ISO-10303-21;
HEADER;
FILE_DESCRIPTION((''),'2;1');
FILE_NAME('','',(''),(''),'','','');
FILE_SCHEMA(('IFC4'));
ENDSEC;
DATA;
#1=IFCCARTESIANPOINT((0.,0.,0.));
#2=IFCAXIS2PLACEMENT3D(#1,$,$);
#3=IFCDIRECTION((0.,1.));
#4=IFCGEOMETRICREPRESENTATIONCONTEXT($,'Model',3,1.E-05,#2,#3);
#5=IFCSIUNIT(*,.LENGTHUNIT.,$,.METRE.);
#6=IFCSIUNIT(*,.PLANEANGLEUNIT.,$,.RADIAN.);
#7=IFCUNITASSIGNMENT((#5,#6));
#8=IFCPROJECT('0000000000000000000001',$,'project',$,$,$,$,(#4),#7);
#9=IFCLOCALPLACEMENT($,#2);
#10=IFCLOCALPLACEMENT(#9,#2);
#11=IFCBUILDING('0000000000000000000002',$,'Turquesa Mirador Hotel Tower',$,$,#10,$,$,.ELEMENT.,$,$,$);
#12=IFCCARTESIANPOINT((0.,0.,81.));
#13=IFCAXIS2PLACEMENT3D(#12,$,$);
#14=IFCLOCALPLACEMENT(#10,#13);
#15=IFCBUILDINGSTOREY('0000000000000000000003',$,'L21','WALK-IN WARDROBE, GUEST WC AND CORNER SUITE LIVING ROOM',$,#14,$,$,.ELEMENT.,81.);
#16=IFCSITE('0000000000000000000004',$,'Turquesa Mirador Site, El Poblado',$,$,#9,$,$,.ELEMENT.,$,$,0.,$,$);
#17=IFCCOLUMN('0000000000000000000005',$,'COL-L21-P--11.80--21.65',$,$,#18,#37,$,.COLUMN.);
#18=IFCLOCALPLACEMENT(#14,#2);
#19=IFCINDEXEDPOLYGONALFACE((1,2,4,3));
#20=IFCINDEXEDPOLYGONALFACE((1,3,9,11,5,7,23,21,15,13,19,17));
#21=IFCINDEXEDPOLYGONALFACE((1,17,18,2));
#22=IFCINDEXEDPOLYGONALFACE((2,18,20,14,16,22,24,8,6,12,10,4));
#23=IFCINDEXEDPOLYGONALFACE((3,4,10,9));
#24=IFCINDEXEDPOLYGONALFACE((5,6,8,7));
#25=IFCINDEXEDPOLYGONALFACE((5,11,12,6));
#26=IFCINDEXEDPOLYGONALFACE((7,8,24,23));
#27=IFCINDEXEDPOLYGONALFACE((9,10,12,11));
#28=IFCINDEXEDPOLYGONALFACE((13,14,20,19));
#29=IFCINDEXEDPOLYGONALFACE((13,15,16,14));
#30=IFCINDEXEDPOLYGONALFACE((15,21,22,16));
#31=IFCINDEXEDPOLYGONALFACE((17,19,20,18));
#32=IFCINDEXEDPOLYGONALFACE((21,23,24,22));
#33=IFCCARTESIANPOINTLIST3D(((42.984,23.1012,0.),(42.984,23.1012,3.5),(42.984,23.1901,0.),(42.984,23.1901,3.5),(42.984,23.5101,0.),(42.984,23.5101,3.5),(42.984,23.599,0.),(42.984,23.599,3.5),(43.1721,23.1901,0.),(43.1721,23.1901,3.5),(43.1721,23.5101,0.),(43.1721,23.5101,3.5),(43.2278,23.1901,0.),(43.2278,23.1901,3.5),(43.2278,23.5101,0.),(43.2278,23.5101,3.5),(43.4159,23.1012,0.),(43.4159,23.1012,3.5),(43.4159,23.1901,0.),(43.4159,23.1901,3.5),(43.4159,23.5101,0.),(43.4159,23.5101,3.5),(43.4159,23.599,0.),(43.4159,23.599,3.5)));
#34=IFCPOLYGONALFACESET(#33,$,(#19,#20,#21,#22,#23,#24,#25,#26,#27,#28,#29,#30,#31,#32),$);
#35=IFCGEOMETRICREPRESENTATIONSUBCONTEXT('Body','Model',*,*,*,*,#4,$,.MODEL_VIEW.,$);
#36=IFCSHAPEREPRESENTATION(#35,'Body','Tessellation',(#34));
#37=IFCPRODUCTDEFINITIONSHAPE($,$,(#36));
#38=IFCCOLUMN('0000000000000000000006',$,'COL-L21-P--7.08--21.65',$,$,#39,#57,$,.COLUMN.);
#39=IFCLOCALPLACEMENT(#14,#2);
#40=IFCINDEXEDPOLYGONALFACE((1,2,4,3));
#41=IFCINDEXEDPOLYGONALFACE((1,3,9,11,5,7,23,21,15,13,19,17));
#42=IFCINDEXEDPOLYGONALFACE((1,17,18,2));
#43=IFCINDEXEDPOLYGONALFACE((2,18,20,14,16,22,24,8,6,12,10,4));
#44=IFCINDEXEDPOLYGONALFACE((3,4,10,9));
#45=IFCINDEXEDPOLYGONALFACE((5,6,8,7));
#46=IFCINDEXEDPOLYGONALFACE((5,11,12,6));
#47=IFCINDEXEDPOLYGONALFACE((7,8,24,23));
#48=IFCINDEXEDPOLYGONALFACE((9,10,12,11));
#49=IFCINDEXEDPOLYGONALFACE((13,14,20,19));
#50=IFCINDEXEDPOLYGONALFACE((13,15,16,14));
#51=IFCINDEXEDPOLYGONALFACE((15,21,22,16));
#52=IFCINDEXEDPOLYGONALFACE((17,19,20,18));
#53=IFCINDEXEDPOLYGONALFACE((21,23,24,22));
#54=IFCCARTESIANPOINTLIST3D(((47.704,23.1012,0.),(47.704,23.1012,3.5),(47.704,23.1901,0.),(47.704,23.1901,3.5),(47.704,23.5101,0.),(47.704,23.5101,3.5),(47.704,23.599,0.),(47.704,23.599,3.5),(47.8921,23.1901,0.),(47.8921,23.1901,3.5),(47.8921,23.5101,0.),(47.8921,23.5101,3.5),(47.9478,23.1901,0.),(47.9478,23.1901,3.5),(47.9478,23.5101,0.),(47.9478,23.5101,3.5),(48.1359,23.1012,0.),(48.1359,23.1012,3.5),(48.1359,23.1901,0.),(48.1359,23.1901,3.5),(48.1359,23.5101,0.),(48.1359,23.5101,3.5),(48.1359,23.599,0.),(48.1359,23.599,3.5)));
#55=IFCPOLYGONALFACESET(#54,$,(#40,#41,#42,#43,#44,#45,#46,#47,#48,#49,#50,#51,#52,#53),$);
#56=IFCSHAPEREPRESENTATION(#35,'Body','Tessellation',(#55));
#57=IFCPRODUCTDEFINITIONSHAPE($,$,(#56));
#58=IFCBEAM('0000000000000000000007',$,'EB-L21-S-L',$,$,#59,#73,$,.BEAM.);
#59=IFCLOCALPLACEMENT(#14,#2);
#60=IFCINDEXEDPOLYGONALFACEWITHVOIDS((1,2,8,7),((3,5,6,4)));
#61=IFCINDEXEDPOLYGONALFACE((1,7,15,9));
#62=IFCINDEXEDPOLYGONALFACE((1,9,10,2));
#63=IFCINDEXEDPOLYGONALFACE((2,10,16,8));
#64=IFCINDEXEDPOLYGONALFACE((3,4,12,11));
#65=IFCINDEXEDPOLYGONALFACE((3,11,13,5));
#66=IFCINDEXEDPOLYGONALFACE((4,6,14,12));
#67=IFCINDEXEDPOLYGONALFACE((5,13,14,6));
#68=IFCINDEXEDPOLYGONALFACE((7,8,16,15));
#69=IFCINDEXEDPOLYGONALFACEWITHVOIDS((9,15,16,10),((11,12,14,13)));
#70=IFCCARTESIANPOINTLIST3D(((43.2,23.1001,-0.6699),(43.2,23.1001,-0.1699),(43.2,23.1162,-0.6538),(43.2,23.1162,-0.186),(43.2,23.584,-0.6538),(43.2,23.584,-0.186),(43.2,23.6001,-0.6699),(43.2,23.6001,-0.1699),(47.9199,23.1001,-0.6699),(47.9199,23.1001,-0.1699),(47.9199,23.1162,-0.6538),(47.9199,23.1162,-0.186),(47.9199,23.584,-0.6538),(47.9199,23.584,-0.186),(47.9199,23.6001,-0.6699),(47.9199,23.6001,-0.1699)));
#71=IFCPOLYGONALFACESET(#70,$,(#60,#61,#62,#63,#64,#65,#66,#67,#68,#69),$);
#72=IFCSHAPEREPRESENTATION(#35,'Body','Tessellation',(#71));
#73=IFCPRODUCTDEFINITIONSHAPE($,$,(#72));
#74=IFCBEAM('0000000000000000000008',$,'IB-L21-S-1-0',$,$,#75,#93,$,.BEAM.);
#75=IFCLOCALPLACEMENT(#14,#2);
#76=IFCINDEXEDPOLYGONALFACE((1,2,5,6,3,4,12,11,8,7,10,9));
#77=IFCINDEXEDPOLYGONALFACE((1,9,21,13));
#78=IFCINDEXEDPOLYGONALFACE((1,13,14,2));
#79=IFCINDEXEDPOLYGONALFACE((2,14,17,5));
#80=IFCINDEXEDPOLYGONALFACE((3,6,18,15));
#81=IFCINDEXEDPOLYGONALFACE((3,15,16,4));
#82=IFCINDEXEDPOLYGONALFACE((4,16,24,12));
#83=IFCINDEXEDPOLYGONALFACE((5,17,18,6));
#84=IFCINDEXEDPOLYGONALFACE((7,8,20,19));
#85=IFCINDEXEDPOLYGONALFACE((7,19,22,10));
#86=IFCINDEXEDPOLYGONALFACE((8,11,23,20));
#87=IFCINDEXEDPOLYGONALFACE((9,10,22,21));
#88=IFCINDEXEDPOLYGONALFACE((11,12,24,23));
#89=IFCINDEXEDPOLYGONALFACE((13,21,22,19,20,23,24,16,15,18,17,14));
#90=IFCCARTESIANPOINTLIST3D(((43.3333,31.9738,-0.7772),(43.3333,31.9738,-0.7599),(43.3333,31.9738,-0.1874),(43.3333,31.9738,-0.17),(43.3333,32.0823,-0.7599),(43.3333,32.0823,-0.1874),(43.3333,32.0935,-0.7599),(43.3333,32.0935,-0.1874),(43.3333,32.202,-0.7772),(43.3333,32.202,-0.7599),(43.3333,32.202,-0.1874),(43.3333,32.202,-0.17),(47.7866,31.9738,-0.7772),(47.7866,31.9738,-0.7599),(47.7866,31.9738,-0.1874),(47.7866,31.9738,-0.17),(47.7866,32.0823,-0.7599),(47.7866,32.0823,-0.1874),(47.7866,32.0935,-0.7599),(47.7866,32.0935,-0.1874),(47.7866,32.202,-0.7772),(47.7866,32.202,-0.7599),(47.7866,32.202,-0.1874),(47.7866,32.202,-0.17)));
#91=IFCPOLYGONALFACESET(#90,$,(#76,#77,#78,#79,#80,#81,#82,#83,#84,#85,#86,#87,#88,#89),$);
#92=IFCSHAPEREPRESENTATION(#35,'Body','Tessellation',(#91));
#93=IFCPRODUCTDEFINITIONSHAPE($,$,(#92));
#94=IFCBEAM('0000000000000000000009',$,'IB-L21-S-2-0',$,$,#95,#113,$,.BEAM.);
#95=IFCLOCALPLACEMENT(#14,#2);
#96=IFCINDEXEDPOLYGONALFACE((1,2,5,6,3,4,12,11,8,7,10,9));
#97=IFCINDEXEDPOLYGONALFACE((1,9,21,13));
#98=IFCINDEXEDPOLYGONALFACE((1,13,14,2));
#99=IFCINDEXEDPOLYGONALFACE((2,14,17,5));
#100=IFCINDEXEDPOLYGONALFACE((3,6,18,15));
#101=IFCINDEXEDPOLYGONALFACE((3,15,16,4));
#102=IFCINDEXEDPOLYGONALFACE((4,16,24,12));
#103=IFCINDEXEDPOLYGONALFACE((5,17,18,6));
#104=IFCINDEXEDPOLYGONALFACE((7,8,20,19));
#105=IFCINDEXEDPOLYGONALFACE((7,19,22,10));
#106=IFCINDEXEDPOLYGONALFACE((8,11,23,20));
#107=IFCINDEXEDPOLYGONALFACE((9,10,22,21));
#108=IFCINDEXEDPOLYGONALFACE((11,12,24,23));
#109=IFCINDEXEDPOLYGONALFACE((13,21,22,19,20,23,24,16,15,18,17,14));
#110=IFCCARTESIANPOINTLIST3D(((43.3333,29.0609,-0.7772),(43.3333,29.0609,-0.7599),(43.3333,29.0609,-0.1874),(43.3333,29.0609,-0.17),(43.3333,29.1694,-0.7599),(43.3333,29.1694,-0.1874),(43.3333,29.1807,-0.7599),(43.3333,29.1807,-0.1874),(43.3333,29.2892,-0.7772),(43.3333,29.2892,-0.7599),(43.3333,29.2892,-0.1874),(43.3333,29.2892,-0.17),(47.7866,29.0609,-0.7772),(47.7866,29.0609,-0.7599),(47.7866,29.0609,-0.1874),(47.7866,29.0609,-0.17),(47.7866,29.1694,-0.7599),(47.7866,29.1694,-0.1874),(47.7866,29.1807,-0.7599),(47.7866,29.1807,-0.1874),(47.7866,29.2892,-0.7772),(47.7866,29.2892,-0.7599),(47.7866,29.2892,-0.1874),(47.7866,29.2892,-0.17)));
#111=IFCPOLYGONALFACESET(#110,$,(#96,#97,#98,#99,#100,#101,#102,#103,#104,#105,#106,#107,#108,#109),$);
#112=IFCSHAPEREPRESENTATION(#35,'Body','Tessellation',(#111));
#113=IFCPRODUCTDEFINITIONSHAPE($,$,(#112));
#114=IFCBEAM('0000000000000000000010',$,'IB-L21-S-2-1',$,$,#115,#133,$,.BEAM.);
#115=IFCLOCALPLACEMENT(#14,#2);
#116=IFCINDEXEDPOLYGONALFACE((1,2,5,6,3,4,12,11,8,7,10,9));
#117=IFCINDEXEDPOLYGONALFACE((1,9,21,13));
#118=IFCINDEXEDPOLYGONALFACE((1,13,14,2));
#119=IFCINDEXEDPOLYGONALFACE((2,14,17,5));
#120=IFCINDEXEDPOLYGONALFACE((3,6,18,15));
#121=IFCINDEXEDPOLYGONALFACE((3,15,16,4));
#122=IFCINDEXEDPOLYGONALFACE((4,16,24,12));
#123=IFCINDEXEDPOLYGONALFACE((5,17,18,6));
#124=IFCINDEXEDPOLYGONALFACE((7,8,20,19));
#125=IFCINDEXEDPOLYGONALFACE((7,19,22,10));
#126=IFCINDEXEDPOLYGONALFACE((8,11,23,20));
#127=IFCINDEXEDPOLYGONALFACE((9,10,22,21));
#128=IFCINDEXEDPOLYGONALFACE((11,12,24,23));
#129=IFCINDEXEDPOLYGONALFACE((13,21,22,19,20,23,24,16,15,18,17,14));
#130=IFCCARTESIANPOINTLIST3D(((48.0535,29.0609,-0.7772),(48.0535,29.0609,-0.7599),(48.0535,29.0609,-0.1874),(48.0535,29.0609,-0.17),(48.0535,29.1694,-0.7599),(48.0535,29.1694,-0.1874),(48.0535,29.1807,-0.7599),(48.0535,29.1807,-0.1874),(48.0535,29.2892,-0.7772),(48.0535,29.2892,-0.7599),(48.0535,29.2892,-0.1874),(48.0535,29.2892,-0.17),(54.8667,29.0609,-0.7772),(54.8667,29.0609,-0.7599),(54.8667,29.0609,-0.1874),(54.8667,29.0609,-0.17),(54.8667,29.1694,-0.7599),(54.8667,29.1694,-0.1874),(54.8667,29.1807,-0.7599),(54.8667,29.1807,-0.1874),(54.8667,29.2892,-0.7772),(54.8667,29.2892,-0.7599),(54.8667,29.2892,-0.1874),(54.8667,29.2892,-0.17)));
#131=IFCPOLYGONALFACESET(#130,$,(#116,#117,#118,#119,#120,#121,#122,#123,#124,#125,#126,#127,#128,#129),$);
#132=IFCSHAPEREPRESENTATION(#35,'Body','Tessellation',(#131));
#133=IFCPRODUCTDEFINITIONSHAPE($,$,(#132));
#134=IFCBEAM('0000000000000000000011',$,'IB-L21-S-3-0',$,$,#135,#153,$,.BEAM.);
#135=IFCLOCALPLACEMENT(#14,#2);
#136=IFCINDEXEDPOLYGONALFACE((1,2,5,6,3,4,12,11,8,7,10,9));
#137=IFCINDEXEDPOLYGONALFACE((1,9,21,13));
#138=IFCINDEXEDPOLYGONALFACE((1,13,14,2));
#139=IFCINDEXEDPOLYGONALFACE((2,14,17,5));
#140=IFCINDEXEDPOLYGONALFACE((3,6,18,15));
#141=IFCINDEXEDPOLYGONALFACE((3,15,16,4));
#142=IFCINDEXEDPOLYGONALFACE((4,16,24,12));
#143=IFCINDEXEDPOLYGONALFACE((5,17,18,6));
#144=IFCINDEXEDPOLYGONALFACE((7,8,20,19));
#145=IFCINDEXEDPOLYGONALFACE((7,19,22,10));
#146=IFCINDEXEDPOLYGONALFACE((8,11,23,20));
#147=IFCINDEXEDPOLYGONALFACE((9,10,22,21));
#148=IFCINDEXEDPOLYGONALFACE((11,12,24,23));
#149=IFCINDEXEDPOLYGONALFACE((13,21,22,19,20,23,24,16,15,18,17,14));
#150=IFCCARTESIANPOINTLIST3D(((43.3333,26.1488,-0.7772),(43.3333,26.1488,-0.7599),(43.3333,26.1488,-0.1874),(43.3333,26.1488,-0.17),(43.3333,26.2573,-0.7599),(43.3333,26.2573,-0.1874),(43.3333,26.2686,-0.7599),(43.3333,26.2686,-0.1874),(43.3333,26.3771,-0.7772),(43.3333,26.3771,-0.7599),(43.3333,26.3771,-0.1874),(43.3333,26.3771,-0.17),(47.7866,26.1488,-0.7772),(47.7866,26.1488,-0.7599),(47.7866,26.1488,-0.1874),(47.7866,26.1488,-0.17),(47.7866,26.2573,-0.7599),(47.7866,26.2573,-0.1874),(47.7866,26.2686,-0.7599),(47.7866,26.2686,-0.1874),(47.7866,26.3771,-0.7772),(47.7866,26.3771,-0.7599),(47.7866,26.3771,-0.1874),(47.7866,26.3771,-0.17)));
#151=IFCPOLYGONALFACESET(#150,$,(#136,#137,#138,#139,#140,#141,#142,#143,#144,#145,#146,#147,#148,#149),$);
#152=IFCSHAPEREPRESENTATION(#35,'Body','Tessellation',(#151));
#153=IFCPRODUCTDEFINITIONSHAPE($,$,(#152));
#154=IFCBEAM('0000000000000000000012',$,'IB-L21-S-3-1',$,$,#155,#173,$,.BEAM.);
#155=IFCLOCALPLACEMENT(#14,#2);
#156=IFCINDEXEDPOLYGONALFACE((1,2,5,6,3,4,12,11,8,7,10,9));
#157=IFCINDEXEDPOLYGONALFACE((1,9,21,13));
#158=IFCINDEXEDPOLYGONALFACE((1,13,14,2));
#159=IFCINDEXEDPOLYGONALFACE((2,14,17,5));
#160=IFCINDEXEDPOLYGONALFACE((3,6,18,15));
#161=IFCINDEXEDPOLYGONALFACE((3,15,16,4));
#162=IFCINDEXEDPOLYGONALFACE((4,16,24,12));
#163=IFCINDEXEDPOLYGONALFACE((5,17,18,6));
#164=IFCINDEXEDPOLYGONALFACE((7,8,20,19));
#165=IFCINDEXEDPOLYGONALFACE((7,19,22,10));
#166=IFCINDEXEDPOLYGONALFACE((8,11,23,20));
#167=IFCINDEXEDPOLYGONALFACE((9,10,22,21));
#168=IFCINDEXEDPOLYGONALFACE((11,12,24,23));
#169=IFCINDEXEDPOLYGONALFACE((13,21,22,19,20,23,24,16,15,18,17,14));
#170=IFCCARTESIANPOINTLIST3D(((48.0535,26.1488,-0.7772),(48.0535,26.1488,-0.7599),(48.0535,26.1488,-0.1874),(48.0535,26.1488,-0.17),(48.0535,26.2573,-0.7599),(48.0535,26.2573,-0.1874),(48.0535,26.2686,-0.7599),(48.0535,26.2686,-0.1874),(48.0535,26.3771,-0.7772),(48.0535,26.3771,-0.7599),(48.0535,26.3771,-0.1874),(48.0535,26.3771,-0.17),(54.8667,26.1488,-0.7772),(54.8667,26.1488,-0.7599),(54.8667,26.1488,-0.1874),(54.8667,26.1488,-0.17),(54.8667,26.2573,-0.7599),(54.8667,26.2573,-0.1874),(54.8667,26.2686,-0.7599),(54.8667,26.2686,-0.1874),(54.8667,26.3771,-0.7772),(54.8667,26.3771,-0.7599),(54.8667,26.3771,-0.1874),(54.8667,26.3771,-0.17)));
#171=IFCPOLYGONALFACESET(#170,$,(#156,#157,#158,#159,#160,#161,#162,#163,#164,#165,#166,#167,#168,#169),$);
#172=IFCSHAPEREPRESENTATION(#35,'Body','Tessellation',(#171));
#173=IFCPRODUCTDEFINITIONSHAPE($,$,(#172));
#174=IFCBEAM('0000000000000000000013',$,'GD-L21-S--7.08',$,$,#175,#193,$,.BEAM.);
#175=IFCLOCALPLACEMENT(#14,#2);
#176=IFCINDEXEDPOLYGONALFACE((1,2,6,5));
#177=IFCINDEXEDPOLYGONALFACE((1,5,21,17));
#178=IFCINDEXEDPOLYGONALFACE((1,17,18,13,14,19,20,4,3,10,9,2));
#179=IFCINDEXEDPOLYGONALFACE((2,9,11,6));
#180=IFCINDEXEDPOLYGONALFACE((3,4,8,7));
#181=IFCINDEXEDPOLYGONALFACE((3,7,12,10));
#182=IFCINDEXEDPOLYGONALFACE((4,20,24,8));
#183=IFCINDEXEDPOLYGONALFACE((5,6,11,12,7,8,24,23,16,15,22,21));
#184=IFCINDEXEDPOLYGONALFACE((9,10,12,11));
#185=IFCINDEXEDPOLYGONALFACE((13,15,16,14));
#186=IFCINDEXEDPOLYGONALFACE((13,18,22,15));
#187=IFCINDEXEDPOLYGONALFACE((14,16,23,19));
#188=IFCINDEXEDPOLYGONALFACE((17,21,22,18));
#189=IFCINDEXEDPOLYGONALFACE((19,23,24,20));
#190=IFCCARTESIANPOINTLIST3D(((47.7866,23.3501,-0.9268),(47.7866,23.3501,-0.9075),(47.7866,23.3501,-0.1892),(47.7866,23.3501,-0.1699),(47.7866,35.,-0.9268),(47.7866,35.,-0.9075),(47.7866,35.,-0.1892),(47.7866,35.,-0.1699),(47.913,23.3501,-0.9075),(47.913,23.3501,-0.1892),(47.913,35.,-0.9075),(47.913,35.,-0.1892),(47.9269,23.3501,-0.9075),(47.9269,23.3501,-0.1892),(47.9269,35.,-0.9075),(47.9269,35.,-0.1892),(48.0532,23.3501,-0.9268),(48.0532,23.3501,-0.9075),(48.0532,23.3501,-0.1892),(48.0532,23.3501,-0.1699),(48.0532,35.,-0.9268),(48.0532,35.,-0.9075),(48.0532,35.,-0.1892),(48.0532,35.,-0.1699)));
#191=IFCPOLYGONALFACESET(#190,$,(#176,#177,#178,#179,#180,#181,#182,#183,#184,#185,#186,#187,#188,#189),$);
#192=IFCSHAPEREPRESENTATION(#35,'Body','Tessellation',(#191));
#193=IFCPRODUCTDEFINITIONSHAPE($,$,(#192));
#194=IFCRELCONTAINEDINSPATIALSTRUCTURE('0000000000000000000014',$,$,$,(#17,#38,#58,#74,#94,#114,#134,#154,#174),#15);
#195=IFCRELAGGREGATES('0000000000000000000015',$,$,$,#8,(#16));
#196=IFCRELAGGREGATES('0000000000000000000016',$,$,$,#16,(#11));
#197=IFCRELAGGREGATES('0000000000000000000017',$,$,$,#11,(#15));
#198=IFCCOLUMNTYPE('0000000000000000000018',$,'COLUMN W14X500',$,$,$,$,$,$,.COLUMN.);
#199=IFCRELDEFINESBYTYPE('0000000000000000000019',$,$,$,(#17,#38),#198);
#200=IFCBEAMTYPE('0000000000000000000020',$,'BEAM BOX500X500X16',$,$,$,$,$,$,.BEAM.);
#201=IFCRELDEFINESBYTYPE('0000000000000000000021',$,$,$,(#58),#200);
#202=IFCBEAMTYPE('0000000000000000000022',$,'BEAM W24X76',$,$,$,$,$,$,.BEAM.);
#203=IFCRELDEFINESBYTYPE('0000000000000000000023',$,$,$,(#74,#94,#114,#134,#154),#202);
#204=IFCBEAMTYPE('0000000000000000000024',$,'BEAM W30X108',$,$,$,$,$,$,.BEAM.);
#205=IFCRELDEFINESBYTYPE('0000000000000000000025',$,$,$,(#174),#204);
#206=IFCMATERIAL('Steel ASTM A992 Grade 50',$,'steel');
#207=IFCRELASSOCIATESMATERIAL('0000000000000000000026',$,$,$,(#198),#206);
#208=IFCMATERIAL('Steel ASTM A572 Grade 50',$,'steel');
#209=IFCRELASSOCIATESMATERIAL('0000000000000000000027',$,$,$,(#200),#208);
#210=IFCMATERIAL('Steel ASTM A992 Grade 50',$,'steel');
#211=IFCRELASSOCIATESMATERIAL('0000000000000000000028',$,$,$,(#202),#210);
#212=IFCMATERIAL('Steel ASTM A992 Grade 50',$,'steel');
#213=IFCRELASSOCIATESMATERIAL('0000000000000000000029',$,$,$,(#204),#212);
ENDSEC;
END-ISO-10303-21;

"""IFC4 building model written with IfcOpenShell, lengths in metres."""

from ifc_helpers import new_model, si_unit, direction, frame, origin, origin_2d, place, context, subcontext, project, spatial, hollow_rectangle, i_section, extrude, material, material_profile, profile_set, type_object, element, save


model = new_model("IFC4")

# Units and contexts
model_context = context("Model", 3, precision=1e-05, world=origin(), true_north=direction((0.0, 1.0)))
body_context = subcontext(model_context, "Body", "Model", "MODEL_VIEW")
ifc_project = project(units=[si_unit("LENGTHUNIT", "METRE"), si_unit("PLANEANGLEUNIT", "RADIAN")], contexts=[model_context])

# Site, building, storey
site_placement = place(None, origin())
site = spatial("IfcSite", under=ifc_project, at=site_placement, Name="Turquesa Mirador Site, El Poblado", CompositionType="ELEMENT", RefElevation=0.0)
building_placement = place(site_placement, origin())
building = spatial("IfcBuilding", under=site, at=building_placement, Name="Turquesa Mirador Hotel Tower", CompositionType="ELEMENT")
storey_placement = place(building_placement, frame((0.0, 0.0, 81.0)))
storey = spatial("IfcBuildingStorey", under=building, at=storey_placement, Name="L21", Description="WALK-IN WARDROBE, GUEST WC AND CORNER SUITE LIVING ROOM", CompositionType="ELEMENT", Elevation=81.0)

# Columns
ifc_material_1 = material(Name="Steel ASTM A992 Grade 50", Category="steel")
ifc_material_profile_1 = material_profile(ifc_material_1, i_section(OverallWidth=0.4319, OverallDepth=0.4978, WebThickness=0.0557, FlangeThickness=0.0889, at=origin_2d()), Name="W14X500")
ifc_profile_set_1 = profile_set([ifc_material_profile_1], Name="Steel ASTM A992 Grade 50")
column_type = type_object("IfcColumnType", Name="COLUMN W14X500", PredefinedType="COLUMN", material=ifc_profile_set_1)
for number, where, z_axis, x_axis, name in (
    (1, (43.2, 23.3501, 0.0), (0.0, 0.0, 1.0), (1.0, 0.0, 0.0), "COL-L21-P--11.80--21.65"),
    (2, (47.9199, 23.3501, 0.0), (0.0, 0.0, 1.0), (1.0, 0.0, 0.0), "COL-L21-P--7.08--21.65"),
):
    element("IfcColumn", number, at=place(storey_placement, frame(where, z_axis=z_axis, x_axis=x_axis)), inside=storey, type_object=column_type, Name=name, PredefinedType="COLUMN", context=body_context, shape_type="SweptSolid", body=[
        extrude(i_section(OverallWidth=0.4319, OverallDepth=0.4978, WebThickness=0.0557, FlangeThickness=0.0889, at=origin_2d()), origin(), (0.0, 0.0, 1.0), 3.5),
    ])

# Beams
ifc_material_2 = material(Name="Steel ASTM A572 Grade 50", Category="steel")
ifc_material_profile_2 = material_profile(ifc_material_2, hollow_rectangle(XDim=0.5, YDim=0.5, WallThickness=0.0161, at=origin_2d()), Name="BOX500X500X16")
ifc_profile_set_2 = profile_set([ifc_material_profile_2], Name="Steel ASTM A572 Grade 50")
beam_type_1 = type_object("IfcBeamType", Name="BEAM BOX500X500X16", PredefinedType="BEAM", material=ifc_profile_set_2)
beam_1_placement = place(storey_placement, frame((43.2, 23.3501, -0.4199), z_axis=(1.0, 0.0, 0.0), x_axis=(0.0, 1.0, 0.0)))
element("IfcBeam", 3, at=beam_1_placement, inside=storey, type_object=beam_type_1, Name="EB-L21-S-L", PredefinedType="BEAM", context=body_context, shape_type="SweptSolid", body=[
    extrude(hollow_rectangle(XDim=0.5, YDim=0.5, WallThickness=0.0161, at=origin_2d()), origin(), (0.0, 0.0, 1.0), 4.72),
])
ifc_material_3 = material(Name="Steel ASTM A992 Grade 50", Category="steel")
ifc_material_profile_3 = material_profile(ifc_material_3, i_section(OverallWidth=0.2283, OverallDepth=0.6072, WebThickness=0.0112, FlangeThickness=0.0173, at=origin_2d()), Name="W24X76")
ifc_profile_set_3 = profile_set([ifc_material_profile_3], Name="Steel ASTM A992 Grade 50")
beam_type_2 = type_object("IfcBeamType", Name="BEAM W24X76", PredefinedType="BEAM", material=ifc_profile_set_3)
for number, where, z_axis, x_axis, name in (
    (4, (43.3333, 32.0879, -0.4736), (1.0, 0.0, 0.0), (0.0, 1.0, 0.0), "IB-L21-S-1-0"),
    (5, (43.3333, 29.175, -0.4736), (1.0, 0.0, 0.0), (0.0, 1.0, 0.0), "IB-L21-S-2-0"),
):
    element("IfcBeam", number, at=place(storey_placement, frame(where, z_axis=z_axis, x_axis=x_axis)), inside=storey, type_object=beam_type_2, Name=name, PredefinedType="BEAM", context=body_context, shape_type="SweptSolid", body=[
        extrude(i_section(OverallWidth=0.2283, OverallDepth=0.6072, WebThickness=0.0112, FlangeThickness=0.0173, at=origin_2d()), origin(), (0.0, 0.0, 1.0), 4.4534),
    ])
beam_2_placement = place(storey_placement, frame((48.0535, 29.175, -0.4736), z_axis=(1.0, 0.0, 0.0), x_axis=(0.0, 1.0, 0.0)))
element("IfcBeam", 6, at=beam_2_placement, inside=storey, type_object=beam_type_2, Name="IB-L21-S-2-1", PredefinedType="BEAM", context=body_context, shape_type="SweptSolid", body=[
    extrude(i_section(OverallWidth=0.2283, OverallDepth=0.6072, WebThickness=0.0112, FlangeThickness=0.0173, at=origin_2d()), origin(), (0.0, 0.0, 1.0), 6.8132),
])
beam_3_placement = place(storey_placement, frame((43.3333, 26.2629, -0.4736), z_axis=(1.0, 0.0, 0.0), x_axis=(0.0, 1.0, 0.0)))
element("IfcBeam", 7, at=beam_3_placement, inside=storey, type_object=beam_type_2, Name="IB-L21-S-3-0", PredefinedType="BEAM", context=body_context, shape_type="SweptSolid", body=[
    extrude(i_section(OverallWidth=0.2283, OverallDepth=0.6072, WebThickness=0.0112, FlangeThickness=0.0173, at=origin_2d()), origin(), (0.0, 0.0, 1.0), 4.4534),
])
beam_4_placement = place(storey_placement, frame((48.0535, 26.2629, -0.4736), z_axis=(1.0, 0.0, 0.0), x_axis=(0.0, 1.0, 0.0)))
element("IfcBeam", 8, at=beam_4_placement, inside=storey, type_object=beam_type_2, Name="IB-L21-S-3-1", PredefinedType="BEAM", context=body_context, shape_type="SweptSolid", body=[
    extrude(i_section(OverallWidth=0.2283, OverallDepth=0.6072, WebThickness=0.0112, FlangeThickness=0.0173, at=origin_2d()), origin(), (0.0, 0.0, 1.0), 6.8132),
])
ifc_material_4 = material(Name="Steel ASTM A992 Grade 50", Category="steel")
ifc_material_profile_4 = material_profile(ifc_material_4, i_section(OverallWidth=0.2666, OverallDepth=0.7568, WebThickness=0.0139, FlangeThickness=0.0193, at=origin_2d()), Name="W30X108")
ifc_profile_set_4 = profile_set([ifc_material_profile_4], Name="Steel ASTM A992 Grade 50")
beam_type_3 = type_object("IfcBeamType", Name="BEAM W30X108", PredefinedType="BEAM", material=ifc_profile_set_4)
beam_5_placement = place(storey_placement, frame((47.9199, 23.3501, -0.5483), z_axis=(0.0, 1.0, 0.0), x_axis=(-1.0, 0.0, 0.0)))
element("IfcBeam", 9, at=beam_5_placement, inside=storey, type_object=beam_type_3, Name="GD-L21-S--7.08", PredefinedType="BEAM", context=body_context, shape_type="SweptSolid", body=[
    extrude(i_section(OverallWidth=0.2666, OverallDepth=0.7568, WebThickness=0.0139, FlangeThickness=0.0193, at=origin_2d()), origin(), (0.0, 0.0, 1.0), 11.6499),
])

save(model, "model.ifc")
